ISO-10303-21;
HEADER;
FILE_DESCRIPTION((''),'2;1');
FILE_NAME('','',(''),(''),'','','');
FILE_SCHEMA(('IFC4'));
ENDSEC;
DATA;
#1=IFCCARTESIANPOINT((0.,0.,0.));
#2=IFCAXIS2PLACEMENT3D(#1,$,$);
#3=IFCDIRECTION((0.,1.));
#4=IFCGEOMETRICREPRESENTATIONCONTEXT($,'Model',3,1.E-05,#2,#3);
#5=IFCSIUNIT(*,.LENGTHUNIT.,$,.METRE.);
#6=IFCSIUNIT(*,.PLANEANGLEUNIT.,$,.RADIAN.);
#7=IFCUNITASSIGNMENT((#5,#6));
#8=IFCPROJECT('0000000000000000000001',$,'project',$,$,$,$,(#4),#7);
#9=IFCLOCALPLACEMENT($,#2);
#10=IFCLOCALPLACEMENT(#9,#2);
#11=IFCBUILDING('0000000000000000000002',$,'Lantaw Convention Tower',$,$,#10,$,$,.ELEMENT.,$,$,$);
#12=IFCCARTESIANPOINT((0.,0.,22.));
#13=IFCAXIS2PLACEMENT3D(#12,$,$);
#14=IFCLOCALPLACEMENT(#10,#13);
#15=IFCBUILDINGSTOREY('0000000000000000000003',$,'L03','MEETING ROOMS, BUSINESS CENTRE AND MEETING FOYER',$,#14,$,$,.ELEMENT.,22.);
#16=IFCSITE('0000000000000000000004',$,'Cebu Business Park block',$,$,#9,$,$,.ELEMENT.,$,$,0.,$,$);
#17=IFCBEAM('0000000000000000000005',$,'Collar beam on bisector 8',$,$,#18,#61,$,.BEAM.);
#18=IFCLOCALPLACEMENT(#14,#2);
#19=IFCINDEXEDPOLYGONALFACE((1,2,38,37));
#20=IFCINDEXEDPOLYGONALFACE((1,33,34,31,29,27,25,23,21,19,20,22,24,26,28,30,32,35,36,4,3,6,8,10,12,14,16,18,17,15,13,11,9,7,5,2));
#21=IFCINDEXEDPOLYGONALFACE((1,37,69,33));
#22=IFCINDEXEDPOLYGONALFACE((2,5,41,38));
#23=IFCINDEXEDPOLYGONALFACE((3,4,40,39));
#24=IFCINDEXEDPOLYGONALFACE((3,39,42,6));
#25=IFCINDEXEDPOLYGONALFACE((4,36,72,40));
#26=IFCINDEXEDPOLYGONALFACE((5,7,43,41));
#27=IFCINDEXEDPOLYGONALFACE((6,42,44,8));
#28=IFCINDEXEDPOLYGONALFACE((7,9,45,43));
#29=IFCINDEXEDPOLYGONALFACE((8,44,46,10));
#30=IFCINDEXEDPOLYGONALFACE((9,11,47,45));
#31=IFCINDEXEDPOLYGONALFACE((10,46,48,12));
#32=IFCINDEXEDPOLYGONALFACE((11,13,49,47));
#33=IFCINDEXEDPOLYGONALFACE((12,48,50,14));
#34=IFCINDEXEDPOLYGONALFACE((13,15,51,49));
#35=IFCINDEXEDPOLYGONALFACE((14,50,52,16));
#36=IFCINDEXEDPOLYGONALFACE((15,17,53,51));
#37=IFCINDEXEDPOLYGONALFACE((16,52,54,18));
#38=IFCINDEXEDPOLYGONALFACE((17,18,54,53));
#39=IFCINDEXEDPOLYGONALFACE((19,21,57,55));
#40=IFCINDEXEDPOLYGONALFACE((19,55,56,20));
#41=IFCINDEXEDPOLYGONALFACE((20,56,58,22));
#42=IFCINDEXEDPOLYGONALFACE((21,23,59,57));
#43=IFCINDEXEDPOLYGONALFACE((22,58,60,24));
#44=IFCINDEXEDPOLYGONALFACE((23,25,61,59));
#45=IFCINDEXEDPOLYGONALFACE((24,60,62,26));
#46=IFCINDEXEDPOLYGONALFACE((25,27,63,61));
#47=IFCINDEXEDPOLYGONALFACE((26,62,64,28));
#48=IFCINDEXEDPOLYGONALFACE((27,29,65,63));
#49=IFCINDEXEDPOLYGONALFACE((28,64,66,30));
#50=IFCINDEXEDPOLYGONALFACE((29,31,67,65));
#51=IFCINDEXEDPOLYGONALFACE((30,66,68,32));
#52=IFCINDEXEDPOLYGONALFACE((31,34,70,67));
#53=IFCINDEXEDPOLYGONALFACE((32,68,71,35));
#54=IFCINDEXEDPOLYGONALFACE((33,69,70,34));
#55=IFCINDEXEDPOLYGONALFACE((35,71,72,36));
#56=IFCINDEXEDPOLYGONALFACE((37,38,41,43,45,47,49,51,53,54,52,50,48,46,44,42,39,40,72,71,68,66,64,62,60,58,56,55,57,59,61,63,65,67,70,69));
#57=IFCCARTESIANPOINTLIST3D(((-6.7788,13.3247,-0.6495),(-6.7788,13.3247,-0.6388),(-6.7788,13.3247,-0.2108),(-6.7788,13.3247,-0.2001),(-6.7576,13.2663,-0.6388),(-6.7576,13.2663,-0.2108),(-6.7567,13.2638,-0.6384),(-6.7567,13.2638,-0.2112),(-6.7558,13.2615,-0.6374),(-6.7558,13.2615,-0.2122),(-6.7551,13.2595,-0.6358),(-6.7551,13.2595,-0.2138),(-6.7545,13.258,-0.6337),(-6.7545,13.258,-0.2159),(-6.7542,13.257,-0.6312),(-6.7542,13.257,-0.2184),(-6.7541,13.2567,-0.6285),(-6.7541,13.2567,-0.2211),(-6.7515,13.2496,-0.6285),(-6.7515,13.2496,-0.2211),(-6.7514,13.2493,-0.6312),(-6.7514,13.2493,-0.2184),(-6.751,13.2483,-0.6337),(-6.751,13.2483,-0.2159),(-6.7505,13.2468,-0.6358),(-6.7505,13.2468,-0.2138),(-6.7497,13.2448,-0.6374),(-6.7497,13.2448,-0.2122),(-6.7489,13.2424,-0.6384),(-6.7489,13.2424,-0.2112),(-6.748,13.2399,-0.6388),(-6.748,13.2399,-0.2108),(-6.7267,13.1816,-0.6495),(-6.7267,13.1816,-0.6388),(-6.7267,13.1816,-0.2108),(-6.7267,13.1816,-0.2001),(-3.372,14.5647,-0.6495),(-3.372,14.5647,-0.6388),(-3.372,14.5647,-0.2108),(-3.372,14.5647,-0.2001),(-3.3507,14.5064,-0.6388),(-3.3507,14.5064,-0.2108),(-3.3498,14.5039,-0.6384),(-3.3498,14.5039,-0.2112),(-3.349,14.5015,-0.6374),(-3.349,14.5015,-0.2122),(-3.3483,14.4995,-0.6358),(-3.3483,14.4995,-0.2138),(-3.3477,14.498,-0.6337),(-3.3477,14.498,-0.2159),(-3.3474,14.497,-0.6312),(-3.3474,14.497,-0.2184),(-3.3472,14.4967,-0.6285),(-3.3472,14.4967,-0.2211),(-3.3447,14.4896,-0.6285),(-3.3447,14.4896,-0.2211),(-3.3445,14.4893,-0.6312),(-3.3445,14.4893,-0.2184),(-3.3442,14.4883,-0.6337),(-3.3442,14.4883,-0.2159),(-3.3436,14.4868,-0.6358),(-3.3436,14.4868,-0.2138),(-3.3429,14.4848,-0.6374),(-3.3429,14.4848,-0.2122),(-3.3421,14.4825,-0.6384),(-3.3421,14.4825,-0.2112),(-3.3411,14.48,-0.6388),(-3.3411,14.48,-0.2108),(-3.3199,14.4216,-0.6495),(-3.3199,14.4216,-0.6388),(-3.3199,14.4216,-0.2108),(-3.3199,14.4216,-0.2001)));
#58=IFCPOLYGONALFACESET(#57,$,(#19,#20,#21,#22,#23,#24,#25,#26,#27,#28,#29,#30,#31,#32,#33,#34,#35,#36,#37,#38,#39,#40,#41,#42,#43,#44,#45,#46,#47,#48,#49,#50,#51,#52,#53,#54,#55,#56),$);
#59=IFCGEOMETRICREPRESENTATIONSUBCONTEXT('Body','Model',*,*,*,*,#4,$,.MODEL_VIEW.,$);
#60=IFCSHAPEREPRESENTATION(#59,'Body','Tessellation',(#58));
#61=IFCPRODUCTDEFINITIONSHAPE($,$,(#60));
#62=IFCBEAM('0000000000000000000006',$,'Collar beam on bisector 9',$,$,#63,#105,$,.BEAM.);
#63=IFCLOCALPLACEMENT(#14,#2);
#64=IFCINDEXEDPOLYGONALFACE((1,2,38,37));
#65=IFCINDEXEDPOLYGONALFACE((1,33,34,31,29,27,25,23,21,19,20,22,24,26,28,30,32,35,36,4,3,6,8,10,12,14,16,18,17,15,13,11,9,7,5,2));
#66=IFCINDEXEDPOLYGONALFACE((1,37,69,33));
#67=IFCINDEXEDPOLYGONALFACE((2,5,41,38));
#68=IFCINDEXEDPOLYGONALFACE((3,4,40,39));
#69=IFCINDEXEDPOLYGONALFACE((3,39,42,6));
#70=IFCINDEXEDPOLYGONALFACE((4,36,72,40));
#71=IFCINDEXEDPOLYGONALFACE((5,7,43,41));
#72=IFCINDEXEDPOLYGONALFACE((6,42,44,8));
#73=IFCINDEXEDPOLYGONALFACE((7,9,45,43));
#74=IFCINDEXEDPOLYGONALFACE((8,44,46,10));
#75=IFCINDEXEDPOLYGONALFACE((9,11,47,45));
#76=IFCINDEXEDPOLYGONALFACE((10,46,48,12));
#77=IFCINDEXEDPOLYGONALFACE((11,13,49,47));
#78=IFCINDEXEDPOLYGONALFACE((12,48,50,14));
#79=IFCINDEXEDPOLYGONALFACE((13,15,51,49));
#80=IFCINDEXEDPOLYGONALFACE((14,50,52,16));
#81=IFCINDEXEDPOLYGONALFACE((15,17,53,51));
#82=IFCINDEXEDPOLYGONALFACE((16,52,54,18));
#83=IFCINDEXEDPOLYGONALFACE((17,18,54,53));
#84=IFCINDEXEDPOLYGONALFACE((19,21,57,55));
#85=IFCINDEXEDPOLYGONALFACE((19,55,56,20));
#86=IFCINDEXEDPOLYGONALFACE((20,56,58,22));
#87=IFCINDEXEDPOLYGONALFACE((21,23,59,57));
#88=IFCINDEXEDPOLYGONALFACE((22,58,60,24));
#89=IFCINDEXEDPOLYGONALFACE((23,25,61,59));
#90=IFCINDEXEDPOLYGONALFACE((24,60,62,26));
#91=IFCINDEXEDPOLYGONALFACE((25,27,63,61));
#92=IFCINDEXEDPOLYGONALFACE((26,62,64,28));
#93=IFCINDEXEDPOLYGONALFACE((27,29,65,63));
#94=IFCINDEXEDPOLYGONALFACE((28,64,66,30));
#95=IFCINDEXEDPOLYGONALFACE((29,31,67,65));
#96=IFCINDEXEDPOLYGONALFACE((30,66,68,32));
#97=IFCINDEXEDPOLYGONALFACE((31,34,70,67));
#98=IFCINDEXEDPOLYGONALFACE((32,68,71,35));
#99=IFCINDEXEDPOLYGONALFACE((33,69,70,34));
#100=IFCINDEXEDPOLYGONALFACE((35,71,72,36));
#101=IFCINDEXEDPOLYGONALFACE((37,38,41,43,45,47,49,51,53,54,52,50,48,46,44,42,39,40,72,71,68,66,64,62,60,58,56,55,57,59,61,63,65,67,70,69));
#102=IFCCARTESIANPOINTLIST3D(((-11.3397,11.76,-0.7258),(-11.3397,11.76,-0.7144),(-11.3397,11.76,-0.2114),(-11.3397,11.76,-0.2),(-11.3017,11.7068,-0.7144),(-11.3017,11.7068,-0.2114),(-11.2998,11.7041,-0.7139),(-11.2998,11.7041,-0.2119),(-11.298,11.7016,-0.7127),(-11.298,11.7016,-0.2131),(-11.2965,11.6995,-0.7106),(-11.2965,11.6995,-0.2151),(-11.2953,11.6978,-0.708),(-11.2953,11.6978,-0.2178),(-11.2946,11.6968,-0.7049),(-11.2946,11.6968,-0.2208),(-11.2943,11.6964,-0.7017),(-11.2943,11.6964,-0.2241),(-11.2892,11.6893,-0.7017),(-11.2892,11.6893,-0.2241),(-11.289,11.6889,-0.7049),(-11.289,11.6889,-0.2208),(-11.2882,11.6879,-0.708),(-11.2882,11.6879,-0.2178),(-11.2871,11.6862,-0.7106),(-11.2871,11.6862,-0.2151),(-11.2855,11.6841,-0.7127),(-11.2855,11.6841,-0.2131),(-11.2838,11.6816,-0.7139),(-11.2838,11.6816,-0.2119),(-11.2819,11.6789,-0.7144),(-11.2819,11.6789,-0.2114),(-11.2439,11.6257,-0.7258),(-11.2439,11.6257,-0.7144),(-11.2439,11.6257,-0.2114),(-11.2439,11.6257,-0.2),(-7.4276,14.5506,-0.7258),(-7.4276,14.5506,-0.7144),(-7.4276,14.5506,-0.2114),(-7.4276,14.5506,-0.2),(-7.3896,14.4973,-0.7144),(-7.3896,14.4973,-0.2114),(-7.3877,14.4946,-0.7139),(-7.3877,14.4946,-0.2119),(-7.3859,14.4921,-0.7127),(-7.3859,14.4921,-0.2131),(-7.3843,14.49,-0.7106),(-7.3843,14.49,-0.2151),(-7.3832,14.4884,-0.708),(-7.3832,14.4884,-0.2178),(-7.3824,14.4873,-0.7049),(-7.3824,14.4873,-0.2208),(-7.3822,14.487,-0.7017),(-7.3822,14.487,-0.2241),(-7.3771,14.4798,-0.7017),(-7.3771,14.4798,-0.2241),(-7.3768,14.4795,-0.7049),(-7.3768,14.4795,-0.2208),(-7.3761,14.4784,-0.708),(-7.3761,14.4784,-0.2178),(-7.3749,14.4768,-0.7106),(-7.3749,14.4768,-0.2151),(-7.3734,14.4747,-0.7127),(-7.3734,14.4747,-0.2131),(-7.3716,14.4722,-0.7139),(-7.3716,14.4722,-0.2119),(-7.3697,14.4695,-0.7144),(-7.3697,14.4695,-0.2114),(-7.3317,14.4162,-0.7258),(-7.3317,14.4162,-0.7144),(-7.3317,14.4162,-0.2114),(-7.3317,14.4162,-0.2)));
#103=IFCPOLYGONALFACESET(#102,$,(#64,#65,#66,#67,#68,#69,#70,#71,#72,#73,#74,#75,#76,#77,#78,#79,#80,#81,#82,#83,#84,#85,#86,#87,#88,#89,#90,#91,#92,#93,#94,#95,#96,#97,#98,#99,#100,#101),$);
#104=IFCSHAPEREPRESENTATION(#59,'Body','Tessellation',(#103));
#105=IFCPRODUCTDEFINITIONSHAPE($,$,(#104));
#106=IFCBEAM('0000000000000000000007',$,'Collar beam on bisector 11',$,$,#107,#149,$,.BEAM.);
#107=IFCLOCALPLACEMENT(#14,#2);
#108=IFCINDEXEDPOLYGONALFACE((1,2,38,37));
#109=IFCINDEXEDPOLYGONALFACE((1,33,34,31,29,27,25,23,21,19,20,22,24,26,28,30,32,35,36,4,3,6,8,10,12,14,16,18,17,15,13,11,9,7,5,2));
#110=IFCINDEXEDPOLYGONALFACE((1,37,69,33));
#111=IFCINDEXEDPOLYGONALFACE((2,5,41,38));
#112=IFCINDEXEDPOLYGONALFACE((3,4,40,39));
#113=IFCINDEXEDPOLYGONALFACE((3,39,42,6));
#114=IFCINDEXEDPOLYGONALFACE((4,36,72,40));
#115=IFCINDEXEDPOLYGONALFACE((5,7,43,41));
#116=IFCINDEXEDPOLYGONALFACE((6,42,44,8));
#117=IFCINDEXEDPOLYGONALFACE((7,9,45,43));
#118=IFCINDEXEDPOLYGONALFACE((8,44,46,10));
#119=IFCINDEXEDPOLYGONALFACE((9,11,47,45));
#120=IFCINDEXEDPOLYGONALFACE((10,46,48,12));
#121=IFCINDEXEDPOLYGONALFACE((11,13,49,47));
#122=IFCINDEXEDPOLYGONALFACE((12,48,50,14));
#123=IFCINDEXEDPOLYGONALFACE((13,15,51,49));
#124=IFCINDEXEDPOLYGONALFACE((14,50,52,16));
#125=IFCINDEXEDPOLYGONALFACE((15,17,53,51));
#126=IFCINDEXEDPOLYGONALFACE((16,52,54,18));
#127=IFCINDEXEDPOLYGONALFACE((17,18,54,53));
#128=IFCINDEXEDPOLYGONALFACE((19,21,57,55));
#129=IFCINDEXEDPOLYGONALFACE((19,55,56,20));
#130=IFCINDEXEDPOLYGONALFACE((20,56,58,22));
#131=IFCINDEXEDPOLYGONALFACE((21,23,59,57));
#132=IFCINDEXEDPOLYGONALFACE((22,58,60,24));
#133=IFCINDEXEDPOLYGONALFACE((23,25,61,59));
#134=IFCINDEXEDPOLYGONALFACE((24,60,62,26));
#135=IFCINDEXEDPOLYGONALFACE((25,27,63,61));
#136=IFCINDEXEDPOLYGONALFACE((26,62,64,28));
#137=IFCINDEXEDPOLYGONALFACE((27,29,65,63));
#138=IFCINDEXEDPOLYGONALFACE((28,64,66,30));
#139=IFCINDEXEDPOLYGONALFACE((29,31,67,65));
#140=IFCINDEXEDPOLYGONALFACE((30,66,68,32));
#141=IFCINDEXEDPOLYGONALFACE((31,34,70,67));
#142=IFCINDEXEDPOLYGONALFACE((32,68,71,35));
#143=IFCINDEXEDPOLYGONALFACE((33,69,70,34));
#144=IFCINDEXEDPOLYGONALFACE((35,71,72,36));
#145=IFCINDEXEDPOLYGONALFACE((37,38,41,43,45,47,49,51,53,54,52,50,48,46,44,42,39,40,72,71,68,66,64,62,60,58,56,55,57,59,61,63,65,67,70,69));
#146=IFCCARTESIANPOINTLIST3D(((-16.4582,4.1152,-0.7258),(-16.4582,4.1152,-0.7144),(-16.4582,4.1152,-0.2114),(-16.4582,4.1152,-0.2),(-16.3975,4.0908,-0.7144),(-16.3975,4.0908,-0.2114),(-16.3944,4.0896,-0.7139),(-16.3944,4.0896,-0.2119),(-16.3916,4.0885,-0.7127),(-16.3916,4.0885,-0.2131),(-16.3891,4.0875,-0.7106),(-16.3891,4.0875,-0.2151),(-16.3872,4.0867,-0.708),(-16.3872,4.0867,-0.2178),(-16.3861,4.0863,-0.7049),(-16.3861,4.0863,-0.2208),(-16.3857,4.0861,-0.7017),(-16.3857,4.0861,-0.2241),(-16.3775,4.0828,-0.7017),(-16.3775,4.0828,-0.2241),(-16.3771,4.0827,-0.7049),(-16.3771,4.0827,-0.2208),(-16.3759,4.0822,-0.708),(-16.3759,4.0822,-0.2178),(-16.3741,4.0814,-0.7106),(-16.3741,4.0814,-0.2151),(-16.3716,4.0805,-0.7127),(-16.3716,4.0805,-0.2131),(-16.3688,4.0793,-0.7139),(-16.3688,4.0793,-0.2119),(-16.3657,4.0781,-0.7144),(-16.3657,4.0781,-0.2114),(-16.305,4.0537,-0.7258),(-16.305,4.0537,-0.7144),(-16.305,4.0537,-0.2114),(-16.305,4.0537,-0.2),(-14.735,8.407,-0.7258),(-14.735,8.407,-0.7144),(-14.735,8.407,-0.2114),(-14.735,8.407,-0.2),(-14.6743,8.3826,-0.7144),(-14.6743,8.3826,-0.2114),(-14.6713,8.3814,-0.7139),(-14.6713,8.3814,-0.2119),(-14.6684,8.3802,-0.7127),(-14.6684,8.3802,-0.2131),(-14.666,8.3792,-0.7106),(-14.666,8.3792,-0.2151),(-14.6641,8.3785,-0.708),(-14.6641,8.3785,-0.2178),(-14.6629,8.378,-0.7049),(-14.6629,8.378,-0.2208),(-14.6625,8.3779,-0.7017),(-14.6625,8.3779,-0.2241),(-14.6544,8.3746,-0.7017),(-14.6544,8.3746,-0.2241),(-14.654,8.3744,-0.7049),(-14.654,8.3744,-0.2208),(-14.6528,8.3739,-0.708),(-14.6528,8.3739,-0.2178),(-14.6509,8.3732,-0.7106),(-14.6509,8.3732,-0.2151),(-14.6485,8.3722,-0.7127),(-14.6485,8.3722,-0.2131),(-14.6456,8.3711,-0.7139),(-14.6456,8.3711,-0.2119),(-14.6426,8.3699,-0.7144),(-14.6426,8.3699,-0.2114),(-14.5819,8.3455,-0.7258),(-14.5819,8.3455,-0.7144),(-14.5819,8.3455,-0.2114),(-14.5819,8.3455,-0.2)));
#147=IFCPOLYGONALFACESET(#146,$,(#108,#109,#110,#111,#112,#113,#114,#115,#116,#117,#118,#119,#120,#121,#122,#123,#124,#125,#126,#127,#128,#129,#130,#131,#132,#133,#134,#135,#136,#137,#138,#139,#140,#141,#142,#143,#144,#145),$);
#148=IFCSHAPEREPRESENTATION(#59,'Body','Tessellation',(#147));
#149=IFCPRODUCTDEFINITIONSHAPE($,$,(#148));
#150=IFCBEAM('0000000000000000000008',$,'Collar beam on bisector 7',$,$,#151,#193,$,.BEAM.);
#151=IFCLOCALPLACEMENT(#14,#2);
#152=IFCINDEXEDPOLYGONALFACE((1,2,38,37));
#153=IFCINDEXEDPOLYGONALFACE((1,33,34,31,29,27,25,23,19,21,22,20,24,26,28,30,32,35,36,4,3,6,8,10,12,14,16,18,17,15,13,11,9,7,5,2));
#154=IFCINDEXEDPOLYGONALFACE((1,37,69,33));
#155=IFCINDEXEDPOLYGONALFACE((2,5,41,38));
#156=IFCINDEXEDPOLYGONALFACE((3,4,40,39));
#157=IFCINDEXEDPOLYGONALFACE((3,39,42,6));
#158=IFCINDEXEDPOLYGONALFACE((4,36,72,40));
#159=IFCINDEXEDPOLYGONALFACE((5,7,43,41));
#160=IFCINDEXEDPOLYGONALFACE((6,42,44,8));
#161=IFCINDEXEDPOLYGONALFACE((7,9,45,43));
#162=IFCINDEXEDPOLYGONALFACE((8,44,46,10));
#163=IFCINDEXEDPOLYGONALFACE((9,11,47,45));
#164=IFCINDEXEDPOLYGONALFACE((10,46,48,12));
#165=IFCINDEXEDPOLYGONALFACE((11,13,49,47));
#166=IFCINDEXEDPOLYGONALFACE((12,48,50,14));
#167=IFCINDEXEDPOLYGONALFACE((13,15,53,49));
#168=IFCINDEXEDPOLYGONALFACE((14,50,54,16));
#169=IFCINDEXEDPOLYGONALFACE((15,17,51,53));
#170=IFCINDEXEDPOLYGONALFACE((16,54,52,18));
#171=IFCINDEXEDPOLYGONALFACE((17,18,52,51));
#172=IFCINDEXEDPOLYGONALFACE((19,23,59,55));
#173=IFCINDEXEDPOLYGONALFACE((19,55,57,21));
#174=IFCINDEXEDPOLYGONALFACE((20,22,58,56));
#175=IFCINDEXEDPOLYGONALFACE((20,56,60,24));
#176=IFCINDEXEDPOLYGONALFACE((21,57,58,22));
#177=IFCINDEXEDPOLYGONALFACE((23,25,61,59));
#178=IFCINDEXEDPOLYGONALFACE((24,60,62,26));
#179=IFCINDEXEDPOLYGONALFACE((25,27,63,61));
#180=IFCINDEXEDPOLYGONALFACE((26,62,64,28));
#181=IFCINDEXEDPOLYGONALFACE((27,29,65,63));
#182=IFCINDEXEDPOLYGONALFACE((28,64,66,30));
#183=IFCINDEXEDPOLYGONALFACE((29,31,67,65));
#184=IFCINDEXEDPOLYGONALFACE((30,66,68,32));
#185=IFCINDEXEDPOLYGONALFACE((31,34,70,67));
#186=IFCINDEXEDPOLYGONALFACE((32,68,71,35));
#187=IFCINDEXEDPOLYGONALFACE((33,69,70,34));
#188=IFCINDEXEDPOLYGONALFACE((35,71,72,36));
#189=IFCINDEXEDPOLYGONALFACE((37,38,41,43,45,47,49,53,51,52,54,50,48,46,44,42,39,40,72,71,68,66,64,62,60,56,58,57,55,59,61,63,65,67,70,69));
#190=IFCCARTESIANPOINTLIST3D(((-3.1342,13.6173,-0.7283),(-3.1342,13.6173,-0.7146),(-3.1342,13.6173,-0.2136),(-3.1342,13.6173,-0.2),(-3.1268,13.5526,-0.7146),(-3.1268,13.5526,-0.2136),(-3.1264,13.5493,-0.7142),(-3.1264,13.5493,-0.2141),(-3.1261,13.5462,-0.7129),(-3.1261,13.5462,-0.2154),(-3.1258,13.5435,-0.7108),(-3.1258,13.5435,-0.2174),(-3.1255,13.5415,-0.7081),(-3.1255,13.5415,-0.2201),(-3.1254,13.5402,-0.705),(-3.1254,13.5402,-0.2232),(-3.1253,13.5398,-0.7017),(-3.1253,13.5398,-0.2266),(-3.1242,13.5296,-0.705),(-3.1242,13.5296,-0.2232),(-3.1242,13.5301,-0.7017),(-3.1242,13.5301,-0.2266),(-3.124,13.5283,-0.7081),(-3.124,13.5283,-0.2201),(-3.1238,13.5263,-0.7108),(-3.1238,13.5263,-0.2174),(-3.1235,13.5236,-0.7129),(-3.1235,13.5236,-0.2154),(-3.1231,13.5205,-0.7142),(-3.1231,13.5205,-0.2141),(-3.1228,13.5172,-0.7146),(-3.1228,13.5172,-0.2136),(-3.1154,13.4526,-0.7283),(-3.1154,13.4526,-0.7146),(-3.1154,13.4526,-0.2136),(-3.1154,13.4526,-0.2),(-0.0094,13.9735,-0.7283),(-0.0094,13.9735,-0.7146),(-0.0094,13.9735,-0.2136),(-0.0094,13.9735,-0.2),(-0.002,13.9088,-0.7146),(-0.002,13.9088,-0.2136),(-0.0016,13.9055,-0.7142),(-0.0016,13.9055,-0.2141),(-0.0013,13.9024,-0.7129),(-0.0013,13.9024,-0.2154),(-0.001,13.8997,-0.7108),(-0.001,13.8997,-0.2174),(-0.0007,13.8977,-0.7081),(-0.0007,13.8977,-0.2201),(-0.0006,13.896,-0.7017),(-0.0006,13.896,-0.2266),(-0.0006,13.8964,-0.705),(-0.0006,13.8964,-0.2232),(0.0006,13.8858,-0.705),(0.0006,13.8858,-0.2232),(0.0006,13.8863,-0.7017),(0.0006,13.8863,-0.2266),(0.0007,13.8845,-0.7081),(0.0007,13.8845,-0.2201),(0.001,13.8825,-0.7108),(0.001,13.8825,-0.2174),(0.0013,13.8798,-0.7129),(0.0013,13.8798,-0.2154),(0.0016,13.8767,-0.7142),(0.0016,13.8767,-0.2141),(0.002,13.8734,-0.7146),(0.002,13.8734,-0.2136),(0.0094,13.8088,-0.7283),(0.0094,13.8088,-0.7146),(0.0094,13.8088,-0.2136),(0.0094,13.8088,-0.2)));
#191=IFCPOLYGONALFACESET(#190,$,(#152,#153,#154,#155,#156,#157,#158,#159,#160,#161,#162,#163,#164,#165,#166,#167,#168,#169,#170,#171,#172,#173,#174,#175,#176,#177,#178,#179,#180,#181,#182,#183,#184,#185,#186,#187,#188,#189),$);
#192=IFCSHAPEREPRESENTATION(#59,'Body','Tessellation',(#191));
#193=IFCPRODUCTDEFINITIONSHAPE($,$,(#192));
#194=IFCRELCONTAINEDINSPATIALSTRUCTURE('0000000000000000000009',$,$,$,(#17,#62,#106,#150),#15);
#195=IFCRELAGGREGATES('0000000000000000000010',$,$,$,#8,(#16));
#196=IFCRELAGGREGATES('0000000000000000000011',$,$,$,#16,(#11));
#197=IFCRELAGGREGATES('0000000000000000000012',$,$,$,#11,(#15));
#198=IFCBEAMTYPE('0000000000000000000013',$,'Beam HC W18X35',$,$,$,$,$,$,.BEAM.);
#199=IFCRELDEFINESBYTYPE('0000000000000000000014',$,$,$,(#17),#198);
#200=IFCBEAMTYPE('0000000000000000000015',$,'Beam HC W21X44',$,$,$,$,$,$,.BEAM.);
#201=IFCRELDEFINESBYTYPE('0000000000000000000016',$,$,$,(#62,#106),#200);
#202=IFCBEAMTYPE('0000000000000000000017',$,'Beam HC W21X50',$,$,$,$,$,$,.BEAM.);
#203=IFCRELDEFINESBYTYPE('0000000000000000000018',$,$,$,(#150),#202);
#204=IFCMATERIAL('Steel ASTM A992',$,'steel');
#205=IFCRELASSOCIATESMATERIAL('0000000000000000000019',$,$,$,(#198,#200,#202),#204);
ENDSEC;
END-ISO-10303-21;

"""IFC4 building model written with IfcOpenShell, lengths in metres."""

from ifc_helpers import new_model, si_unit, direction, frame, origin, origin_2d, place, context, subcontext, project, spatial, i_section, extrude, material, material_profile, profile_set, type_object, element, save


model = new_model("IFC4")

# Units and contexts
model_context = context("Model", 3, precision=1e-05, world=origin(), true_north=direction((0.0, 1.0)))
body_context = subcontext(model_context, "Body", "Model", "MODEL_VIEW")
ifc_project = project(units=[si_unit("LENGTHUNIT", "METRE"), si_unit("PLANEANGLEUNIT", "RADIAN")], contexts=[model_context])

# Site, building, storey
site_placement = place(None, origin())
site = spatial("IfcSite", under=ifc_project, at=site_placement, Name="Cebu Business Park block", CompositionType="ELEMENT", RefElevation=0.0)
building_placement = place(site_placement, origin())
building = spatial("IfcBuilding", under=site, at=building_placement, Name="Lantaw Convention Tower", CompositionType="ELEMENT")
storey_placement = place(building_placement, frame((0.0, 0.0, 22.0)))
storey = spatial("IfcBuildingStorey", under=building, at=storey_placement, Name="L03", Description="MEETING ROOMS, BUSINESS CENTRE AND MEETING FOYER", CompositionType="ELEMENT", Elevation=22.0)

# Beams
ifc_material_1 = material(Name="Steel ASTM A992", Category="steel")
ifc_material_profile_1 = material_profile(ifc_material_1, i_section(OverallWidth=0.1523, OverallDepth=0.4495, WebThickness=0.0076, FlangeThickness=0.0107, FilletRadius=0.0103, at=origin_2d()), Name="W18X35")
ifc_profile_set_1 = profile_set([ifc_material_profile_1], Name="Steel ASTM A992")
beam_type_1 = type_object("IfcBeamType", Name="Beam HC W18X35", PredefinedType="BEAM", material=ifc_profile_set_1)
beam_1_placement = place(storey_placement, frame((-3.3459, 14.4932, -0.4248), z_axis=(-0.939689, -0.34203, 0.0), x_axis=(0.34203, -0.939689, 0.0)))
element("IfcBeam", 1, at=beam_1_placement, inside=storey, type_object=beam_type_1, Name="Collar beam on bisector 8", PredefinedType="BEAM", context=body_context, shape_type="SweptSolid", body=[
    extrude(i_section(OverallWidth=0.1523, OverallDepth=0.4495, WebThickness=0.0076, FlangeThickness=0.0107, FilletRadius=0.0103, at=origin_2d()), origin(), (0.0, 0.0, 1.0), 3.6255),
])
ifc_material_profile_2 = material_profile(ifc_material_1, i_section(OverallWidth=0.165, OverallDepth=0.5259, WebThickness=0.0088, FlangeThickness=0.0115, FilletRadius=0.0127, at=origin_2d()), Name="W21X44")
ifc_profile_set_2 = profile_set([ifc_material_profile_2], Name="Steel ASTM A992")
beam_type_2 = type_object("IfcBeamType", Name="Beam HC W21X44", PredefinedType="BEAM", material=ifc_profile_set_2)
beam_2_placement = place(storey_placement, frame((-7.3796, 14.4834, -0.4629), z_axis=(-0.814111, -0.580709, 0.0), x_axis=(0.580709, -0.814111, 0.0)))
element("IfcBeam", 2, at=beam_2_placement, inside=storey, type_object=beam_type_2, Name="Collar beam on bisector 9", PredefinedType="BEAM", context=body_context, shape_type="SweptSolid", body=[
    extrude(i_section(OverallWidth=0.165, OverallDepth=0.5259, WebThickness=0.0088, FlangeThickness=0.0115, FilletRadius=0.0127, at=origin_2d()), origin(), (0.0, 0.0, 1.0), 4.8054),
])
beam_3_placement = place(storey_placement, frame((-14.6584, 8.3762, -0.4629), z_axis=(-0.372592, -0.927995, 0.0), x_axis=(0.927995, -0.372592, 0.0)))
element("IfcBeam", 3, at=beam_3_placement, inside=storey, type_object=beam_type_2, Name="Collar beam on bisector 11", PredefinedType="BEAM", context=body_context, shape_type="SweptSolid", body=[
    extrude(i_section(OverallWidth=0.165, OverallDepth=0.5259, WebThickness=0.0088, FlangeThickness=0.0115, FilletRadius=0.0127, at=origin_2d()), origin(), (0.0, 0.0, 1.0), 4.6248),
])
ifc_material_profile_3 = material_profile(ifc_material_1, i_section(OverallWidth=0.1658, OverallDepth=0.5283, WebThickness=0.0098, FlangeThickness=0.0137, FilletRadius=0.0129, at=origin_2d()), Name="W21X50")
ifc_profile_set_3 = profile_set([ifc_material_profile_3], Name="Steel ASTM A992")
beam_type_3 = type_object("IfcBeamType", Name="Beam HC W21X50", PredefinedType="BEAM", material=ifc_profile_set_3)
beam_4_placement = place(storey_placement, frame((0.0, 13.8911, -0.4641), z_axis=(-0.993565, -0.11326, 0.0), x_axis=(0.11326, -0.993565, 0.0)))
element("IfcBeam", 4, at=beam_4_placement, inside=storey, type_object=beam_type_3, Name="Collar beam on bisector 7", PredefinedType="BEAM", context=body_context, shape_type="SweptSolid", body=[
    extrude(i_section(OverallWidth=0.1658, OverallDepth=0.5283, WebThickness=0.0098, FlangeThickness=0.0137, FilletRadius=0.0129, at=origin_2d()), origin(), (0.0, 0.0, 1.0), 3.145),
])

save(model, "model.ifc")
